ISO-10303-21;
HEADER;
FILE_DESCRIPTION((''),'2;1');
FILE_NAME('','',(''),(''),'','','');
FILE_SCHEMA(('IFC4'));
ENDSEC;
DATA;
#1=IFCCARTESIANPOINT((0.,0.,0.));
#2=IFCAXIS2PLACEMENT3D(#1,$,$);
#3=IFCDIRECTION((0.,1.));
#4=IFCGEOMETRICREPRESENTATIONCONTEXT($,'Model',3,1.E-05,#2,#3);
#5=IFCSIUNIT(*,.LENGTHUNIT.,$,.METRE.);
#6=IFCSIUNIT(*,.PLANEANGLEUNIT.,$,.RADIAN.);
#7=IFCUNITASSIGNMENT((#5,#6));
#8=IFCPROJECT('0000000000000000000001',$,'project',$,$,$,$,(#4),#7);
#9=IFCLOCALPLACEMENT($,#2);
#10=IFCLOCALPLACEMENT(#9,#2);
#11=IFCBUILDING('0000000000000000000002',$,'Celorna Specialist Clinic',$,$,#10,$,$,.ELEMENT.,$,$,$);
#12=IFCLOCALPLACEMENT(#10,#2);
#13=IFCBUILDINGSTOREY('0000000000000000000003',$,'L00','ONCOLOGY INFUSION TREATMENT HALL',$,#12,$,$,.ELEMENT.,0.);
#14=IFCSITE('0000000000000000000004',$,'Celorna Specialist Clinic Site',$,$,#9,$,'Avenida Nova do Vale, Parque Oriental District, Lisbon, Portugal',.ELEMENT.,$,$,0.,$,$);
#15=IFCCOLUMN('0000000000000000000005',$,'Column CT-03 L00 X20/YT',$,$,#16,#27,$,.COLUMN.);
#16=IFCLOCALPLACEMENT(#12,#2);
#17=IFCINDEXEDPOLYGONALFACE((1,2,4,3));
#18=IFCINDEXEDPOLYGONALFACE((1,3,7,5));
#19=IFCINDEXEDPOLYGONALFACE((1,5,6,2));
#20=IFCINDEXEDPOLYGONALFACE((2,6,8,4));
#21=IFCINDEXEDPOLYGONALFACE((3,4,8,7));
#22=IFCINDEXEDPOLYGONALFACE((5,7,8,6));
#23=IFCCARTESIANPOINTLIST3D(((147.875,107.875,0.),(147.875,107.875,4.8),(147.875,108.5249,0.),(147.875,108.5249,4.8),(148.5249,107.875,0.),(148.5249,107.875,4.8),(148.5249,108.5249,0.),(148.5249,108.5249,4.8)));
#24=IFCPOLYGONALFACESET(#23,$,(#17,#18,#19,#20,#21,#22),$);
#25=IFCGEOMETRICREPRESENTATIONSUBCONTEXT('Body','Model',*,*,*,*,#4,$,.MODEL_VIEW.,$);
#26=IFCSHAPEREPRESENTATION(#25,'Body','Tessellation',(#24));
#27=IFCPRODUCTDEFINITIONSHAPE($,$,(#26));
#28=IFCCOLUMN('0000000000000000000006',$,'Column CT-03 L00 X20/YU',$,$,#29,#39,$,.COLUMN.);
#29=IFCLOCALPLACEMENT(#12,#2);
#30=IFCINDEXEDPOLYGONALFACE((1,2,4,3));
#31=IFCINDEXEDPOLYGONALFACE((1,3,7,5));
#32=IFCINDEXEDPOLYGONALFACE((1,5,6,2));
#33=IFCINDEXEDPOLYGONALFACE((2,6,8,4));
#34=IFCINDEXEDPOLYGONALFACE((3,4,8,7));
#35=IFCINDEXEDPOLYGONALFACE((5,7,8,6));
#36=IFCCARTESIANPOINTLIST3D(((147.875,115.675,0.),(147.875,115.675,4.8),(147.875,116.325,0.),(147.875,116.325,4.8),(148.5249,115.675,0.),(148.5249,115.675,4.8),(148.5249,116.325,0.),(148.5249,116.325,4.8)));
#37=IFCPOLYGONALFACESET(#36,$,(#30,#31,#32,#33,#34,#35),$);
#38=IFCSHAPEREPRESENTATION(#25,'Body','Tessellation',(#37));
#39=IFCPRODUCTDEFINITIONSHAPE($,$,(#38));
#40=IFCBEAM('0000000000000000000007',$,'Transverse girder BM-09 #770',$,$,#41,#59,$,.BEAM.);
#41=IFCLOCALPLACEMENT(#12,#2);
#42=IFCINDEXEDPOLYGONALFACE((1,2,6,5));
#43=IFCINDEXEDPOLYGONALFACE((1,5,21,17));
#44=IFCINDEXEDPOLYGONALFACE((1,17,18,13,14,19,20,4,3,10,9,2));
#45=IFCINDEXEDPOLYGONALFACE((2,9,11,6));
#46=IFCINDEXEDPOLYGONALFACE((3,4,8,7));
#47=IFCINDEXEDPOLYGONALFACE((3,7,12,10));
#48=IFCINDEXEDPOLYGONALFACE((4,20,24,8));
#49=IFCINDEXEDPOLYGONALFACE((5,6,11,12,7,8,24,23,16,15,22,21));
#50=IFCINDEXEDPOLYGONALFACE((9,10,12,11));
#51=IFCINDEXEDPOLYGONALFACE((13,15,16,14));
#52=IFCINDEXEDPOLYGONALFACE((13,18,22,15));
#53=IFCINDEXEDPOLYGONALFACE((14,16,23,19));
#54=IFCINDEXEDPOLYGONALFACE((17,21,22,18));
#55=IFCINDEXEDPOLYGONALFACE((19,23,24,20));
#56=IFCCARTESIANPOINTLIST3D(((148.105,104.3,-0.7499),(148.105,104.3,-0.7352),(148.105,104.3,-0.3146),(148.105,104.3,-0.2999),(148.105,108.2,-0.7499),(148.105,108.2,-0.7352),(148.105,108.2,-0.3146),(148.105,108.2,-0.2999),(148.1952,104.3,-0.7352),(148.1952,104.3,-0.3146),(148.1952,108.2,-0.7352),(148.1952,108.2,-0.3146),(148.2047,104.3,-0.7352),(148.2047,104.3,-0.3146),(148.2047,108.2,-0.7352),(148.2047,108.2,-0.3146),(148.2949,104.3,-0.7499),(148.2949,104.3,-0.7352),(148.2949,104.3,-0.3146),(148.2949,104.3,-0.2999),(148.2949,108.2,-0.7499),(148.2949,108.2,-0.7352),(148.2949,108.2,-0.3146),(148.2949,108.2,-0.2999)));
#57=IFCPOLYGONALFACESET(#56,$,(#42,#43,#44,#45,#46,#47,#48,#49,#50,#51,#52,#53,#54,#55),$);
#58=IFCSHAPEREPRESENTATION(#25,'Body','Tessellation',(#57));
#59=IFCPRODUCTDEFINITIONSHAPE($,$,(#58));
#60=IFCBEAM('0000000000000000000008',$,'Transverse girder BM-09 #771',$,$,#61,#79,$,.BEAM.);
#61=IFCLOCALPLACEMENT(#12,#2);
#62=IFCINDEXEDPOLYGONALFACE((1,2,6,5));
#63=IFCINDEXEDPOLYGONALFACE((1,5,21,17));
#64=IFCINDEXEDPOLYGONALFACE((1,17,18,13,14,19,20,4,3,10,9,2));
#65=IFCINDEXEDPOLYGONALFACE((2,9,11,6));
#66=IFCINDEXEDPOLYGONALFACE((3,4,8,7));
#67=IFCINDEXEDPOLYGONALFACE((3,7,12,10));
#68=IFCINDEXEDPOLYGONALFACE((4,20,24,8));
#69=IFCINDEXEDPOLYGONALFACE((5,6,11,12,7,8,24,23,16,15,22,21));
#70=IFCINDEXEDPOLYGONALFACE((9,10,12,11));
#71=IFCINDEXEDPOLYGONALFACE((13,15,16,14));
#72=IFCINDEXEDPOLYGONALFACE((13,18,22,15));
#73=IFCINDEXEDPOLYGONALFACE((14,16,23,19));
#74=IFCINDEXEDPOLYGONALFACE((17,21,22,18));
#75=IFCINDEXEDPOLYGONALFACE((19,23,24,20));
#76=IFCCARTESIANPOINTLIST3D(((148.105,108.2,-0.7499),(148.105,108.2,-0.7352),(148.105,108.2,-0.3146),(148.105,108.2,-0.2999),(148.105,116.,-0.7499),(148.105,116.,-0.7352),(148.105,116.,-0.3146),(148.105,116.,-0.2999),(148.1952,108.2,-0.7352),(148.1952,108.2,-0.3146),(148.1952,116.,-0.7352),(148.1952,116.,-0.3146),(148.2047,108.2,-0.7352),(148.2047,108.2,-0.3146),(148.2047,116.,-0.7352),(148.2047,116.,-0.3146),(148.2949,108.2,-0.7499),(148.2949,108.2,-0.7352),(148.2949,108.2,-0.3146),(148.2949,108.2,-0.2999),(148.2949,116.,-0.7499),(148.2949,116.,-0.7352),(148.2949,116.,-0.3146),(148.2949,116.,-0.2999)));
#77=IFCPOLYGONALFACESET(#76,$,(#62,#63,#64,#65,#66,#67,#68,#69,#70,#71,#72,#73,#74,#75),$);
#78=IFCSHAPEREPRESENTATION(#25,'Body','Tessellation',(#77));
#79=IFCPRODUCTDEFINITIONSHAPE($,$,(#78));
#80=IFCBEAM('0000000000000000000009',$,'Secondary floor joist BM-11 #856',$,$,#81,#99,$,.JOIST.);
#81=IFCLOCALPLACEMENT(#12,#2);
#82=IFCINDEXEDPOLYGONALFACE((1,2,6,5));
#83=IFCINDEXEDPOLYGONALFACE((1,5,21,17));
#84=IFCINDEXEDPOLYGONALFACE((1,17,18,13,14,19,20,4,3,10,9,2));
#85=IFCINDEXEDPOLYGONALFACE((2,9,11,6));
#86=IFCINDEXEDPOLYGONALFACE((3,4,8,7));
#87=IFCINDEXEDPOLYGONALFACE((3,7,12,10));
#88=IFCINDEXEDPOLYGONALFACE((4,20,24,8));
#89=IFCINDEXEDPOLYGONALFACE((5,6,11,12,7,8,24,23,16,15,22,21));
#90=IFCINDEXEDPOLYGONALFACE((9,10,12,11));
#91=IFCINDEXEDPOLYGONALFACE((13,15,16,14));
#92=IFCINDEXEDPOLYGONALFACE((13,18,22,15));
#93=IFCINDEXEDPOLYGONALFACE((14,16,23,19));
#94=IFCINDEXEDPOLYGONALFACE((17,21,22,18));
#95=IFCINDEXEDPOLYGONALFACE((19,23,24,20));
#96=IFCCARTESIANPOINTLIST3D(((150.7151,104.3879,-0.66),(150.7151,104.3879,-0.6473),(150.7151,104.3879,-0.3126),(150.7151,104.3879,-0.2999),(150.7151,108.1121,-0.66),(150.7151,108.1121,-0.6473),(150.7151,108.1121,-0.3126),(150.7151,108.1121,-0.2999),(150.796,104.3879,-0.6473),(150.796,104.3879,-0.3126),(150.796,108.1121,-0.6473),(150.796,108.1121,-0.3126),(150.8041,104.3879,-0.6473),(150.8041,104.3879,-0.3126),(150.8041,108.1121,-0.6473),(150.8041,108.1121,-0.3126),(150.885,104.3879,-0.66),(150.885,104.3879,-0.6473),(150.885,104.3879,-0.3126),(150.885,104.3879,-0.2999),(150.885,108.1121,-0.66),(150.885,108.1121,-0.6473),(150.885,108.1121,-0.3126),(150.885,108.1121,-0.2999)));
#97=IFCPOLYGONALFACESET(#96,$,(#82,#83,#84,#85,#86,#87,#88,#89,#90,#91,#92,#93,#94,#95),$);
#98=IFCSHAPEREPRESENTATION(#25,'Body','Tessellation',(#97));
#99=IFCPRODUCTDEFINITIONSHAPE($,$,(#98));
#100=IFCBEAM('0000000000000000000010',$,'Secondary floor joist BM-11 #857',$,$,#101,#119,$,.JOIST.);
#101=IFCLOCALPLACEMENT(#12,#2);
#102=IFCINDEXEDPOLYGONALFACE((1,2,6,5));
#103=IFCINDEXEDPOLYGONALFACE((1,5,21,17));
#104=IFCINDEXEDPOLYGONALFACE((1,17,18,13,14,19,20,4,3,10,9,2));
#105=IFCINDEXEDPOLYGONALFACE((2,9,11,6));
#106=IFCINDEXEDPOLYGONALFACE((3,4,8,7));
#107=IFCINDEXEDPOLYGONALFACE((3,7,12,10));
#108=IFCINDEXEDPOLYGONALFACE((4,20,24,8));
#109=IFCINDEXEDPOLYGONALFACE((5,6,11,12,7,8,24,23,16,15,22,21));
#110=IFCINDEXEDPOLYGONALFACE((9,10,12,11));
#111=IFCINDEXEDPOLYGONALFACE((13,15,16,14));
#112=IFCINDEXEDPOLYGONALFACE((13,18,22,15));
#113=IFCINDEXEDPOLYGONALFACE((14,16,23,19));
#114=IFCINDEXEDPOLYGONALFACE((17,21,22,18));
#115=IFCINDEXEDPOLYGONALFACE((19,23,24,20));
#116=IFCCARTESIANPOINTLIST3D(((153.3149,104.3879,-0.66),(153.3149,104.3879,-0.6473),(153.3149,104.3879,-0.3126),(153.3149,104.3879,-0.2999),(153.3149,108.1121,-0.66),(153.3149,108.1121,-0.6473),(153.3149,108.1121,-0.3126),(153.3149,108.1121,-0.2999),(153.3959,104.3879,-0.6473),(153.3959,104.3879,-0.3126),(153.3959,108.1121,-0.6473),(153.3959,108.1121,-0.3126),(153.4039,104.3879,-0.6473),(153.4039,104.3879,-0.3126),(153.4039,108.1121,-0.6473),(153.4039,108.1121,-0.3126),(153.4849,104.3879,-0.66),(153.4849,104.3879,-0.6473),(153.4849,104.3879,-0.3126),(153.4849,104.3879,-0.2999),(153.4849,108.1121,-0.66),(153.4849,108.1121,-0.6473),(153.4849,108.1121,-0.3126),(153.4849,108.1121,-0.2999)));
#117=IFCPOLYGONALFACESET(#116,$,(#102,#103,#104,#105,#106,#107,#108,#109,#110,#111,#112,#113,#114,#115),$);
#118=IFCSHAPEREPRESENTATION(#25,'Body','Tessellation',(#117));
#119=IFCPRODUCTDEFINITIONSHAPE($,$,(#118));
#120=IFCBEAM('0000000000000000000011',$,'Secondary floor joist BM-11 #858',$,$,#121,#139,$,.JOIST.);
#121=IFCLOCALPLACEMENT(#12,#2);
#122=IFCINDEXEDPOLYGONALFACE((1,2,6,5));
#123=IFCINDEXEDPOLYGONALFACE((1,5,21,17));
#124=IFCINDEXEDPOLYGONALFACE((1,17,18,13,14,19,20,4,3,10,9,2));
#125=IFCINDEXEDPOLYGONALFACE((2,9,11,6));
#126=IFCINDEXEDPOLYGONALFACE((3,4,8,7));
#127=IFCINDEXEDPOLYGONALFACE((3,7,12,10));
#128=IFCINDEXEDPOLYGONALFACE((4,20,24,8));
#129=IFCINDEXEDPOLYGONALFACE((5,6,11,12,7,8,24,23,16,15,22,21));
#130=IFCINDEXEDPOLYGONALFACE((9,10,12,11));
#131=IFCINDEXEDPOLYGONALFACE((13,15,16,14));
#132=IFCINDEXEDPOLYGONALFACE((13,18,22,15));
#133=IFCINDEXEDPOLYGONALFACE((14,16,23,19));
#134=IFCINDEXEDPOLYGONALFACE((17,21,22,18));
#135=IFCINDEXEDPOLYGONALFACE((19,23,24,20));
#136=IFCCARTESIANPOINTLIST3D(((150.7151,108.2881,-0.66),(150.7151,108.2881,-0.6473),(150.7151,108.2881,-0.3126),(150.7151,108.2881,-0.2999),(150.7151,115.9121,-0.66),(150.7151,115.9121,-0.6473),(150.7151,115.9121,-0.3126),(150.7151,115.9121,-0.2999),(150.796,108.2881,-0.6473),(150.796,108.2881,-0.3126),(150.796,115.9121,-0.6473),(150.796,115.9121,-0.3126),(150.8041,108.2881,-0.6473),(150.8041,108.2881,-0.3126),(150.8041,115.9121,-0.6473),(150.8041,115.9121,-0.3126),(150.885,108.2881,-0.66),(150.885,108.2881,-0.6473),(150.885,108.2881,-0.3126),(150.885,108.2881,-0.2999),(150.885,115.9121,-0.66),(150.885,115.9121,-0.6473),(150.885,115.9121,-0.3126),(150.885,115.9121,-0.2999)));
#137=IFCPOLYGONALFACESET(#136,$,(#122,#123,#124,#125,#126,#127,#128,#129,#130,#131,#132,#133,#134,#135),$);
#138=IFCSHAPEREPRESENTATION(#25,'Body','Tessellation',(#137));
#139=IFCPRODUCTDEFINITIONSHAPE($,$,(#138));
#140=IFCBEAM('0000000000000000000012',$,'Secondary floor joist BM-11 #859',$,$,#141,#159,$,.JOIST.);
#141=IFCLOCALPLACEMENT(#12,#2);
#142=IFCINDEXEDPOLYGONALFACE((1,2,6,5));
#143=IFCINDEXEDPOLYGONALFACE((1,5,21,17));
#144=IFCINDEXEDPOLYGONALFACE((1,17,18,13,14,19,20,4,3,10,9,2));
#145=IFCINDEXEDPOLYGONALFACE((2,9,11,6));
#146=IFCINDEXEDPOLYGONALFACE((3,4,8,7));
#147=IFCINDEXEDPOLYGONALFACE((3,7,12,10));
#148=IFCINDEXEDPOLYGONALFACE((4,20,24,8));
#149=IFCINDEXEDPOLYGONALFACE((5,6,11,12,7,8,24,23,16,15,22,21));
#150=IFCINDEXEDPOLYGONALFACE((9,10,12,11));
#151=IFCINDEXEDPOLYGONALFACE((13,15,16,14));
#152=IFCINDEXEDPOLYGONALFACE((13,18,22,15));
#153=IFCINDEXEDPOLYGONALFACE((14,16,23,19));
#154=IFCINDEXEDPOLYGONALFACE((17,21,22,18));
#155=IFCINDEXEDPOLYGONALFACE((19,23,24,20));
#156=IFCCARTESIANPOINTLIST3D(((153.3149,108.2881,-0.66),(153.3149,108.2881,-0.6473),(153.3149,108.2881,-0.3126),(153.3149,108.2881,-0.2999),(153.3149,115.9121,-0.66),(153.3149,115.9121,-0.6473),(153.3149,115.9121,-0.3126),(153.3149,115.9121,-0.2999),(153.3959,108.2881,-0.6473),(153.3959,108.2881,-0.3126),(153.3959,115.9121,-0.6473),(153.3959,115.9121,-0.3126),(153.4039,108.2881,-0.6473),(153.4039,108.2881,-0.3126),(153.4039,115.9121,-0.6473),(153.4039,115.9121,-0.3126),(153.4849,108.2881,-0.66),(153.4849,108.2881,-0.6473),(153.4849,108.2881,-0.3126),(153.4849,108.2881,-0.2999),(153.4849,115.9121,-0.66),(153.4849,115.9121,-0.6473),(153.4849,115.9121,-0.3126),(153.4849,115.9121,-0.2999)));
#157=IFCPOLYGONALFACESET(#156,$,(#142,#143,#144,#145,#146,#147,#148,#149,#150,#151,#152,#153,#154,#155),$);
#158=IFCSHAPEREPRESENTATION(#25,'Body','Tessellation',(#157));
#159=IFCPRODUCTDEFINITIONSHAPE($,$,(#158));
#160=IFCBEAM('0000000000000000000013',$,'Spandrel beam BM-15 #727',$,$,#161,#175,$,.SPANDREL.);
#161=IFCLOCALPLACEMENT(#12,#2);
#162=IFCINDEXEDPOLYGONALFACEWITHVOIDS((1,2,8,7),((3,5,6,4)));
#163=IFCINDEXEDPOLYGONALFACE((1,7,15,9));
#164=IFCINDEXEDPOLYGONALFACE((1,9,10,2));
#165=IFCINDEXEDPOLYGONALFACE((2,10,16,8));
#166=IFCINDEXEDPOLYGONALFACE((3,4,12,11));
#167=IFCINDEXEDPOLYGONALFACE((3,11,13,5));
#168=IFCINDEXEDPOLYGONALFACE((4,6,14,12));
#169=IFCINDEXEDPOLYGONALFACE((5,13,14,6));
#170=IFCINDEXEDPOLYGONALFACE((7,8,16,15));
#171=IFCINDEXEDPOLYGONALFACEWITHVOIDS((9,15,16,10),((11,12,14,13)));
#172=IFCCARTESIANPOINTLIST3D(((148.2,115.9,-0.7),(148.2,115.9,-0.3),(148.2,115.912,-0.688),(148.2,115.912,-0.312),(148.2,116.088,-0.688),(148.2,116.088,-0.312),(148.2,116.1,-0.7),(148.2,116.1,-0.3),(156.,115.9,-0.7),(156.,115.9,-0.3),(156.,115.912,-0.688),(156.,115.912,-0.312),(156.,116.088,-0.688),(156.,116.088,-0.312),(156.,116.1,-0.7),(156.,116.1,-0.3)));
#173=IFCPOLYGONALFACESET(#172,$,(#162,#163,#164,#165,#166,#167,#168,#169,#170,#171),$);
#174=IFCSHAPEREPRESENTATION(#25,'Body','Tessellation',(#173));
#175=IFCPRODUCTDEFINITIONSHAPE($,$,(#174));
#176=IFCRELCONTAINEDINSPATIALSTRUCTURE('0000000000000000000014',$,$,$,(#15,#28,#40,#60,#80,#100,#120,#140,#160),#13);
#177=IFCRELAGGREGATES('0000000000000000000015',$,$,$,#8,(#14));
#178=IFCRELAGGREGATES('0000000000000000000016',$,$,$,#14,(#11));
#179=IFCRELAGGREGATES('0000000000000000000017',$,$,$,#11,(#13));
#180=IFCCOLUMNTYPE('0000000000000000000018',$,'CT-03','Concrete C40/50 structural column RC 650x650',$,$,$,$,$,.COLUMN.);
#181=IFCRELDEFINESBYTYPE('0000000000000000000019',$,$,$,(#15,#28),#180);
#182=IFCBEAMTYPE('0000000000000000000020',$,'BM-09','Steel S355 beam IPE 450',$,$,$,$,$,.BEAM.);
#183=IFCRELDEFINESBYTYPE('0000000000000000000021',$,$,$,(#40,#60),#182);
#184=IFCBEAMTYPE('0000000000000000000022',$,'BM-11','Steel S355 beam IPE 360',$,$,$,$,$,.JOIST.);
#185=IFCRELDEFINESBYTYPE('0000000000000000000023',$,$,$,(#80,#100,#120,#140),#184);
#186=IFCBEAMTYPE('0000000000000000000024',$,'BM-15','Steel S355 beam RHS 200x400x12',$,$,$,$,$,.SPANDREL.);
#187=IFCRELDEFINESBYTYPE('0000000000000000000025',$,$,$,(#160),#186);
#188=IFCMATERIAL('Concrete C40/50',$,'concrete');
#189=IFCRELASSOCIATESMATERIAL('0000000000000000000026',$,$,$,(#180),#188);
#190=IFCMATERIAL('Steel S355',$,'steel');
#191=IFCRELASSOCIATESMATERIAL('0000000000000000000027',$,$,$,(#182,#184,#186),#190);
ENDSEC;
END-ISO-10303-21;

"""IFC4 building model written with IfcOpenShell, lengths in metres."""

from ifc_helpers import new_model, si_unit, direction, frame, origin, origin_2d, place, context, subcontext, project, spatial, rectangle, hollow_rectangle, i_section, extrude, material, material_profile, profile_set, type_object, element, save


model = new_model("IFC4")

# Units and contexts
model_context = context("Model", 3, precision=1e-05, world=origin(), true_north=direction((0.0, 1.0)))
body_context = subcontext(model_context, "Body", "Model", "MODEL_VIEW")
ifc_project = project(units=[si_unit("LENGTHUNIT", "METRE"), si_unit("PLANEANGLEUNIT", "RADIAN")], contexts=[model_context])

# Site, building, storey
site_placement = place(None, origin())
site = spatial("IfcSite", under=ifc_project, at=site_placement, Name="Celorna Specialist Clinic Site", LongName="Avenida Nova do Vale, Parque Oriental District, Lisbon, Portugal", CompositionType="ELEMENT", RefElevation=0.0)
building_placement = place(site_placement, origin())
building = spatial("IfcBuilding", under=site, at=building_placement, Name="Celorna Specialist Clinic", CompositionType="ELEMENT")
storey_placement = place(building_placement, origin())
storey = spatial("IfcBuildingStorey", under=building, at=storey_placement, Name="L00", Description="ONCOLOGY INFUSION TREATMENT HALL", CompositionType="ELEMENT", Elevation=0.0)

# Columns
ifc_material_1 = material(Name="Concrete C40/50", Category="concrete")
ifc_material_profile_1 = material_profile(ifc_material_1, rectangle(XDim=0.6499, YDim=0.6499, at=origin_2d()), Name="RC 650x650")
ifc_profile_set_1 = profile_set([ifc_material_profile_1], Name="Concrete C40/50")
column_type = type_object("IfcColumnType", Name="CT-03", Description="Concrete C40/50 structural column RC 650x650", PredefinedType="COLUMN", material=ifc_profile_set_1)
for number, where, z_axis, x_axis, name in (
    (1, (148.2, 108.2, 0.0), (0.0, 0.0, 1.0), (1.0, 0.0, 0.0), "Column CT-03 L00 X20/YT"),
    (2, (148.2, 116.0, 0.0), (0.0, 0.0, 1.0), (1.0, 0.0, 0.0), "Column CT-03 L00 X20/YU"),
):
    element("IfcColumn", number, at=place(storey_placement, frame(where, z_axis=z_axis, x_axis=x_axis)), inside=storey, type_object=column_type, Name=name, PredefinedType="COLUMN", context=body_context, shape_type="SweptSolid", body=[
        extrude(rectangle(XDim=0.6499, YDim=0.6499, at=origin_2d()), origin(), (0.0, 0.0, 1.0), 4.8),
    ])

# Beams
ifc_material_2 = material(Name="Steel S355", Category="steel")
ifc_material_profile_2 = material_profile(ifc_material_2, i_section(OverallWidth=0.1899, OverallDepth=0.45, WebThickness=0.0095, FlangeThickness=0.0146, at=origin_2d()), Name="IPE 450")
ifc_profile_set_2 = profile_set([ifc_material_profile_2], Name="Steel S355")
beam_type_1 = type_object("IfcBeamType", Name="BM-09", Description="Steel S355 beam IPE 450", PredefinedType="BEAM", material=ifc_profile_set_2)
beam_1_placement = place(storey_placement, frame((148.2, 104.3, -0.5249), z_axis=(0.0, 1.0, 0.0), x_axis=(-1.0, 0.0, 0.0)))
element("IfcBeam", 3, at=beam_1_placement, inside=storey, type_object=beam_type_1, Name="Transverse girder BM-09 #770", PredefinedType="BEAM", context=body_context, shape_type="SweptSolid", body=[
    extrude(i_section(OverallWidth=0.1899, OverallDepth=0.45, WebThickness=0.0095, FlangeThickness=0.0146, at=origin_2d()), origin(), (0.0, 0.0, 1.0), 3.8999),
])
beam_2_placement = place(storey_placement, frame((148.2, 108.2, -0.5249), z_axis=(0.0, 1.0, 0.0), x_axis=(-1.0, 0.0, 0.0)))
element("IfcBeam", 4, at=beam_2_placement, inside=storey, type_object=beam_type_1, Name="Transverse girder BM-09 #771", PredefinedType="BEAM", context=body_context, shape_type="SweptSolid", body=[
    extrude(i_section(OverallWidth=0.1899, OverallDepth=0.45, WebThickness=0.0095, FlangeThickness=0.0146, at=origin_2d()), origin(), (0.0, 0.0, 1.0), 7.8),
])
ifc_material_profile_3 = material_profile(ifc_material_2, i_section(OverallWidth=0.1699, OverallDepth=0.3601, WebThickness=0.0081, FlangeThickness=0.0127, at=origin_2d()), Name="IPE 360")
ifc_profile_set_3 = profile_set([ifc_material_profile_3], Name="Steel S355")
beam_type_2 = type_object("IfcBeamType", Name="BM-11", Description="Steel S355 beam IPE 360", PredefinedType="JOIST", material=ifc_profile_set_3)
for number, where, z_axis, x_axis, name in (
    (5, (150.8, 104.3879, -0.48), (0.0, 1.0, 0.0), (-1.0, 0.0, 0.0), "Secondary floor joist BM-11 #856"),
    (6, (153.3999, 104.3879, -0.48), (0.0, 1.0, 0.0), (-1.0, 0.0, 0.0), "Secondary floor joist BM-11 #857"),
):
    element("IfcBeam", number, at=place(storey_placement, frame(where, z_axis=z_axis, x_axis=x_axis)), inside=storey, type_object=beam_type_2, Name=name, PredefinedType="JOIST", context=body_context, shape_type="SweptSolid", body=[
        extrude(i_section(OverallWidth=0.1699, OverallDepth=0.3601, WebThickness=0.0081, FlangeThickness=0.0127, at=origin_2d()), origin(), (0.0, 0.0, 1.0), 3.7241),
    ])
for number, where, z_axis, x_axis, name in (
    (7, (150.8, 108.2881, -0.48), (0.0, 1.0, 0.0), (-1.0, 0.0, 0.0), "Secondary floor joist BM-11 #858"),
    (8, (153.3999, 108.2881, -0.48), (0.0, 1.0, 0.0), (-1.0, 0.0, 0.0), "Secondary floor joist BM-11 #859"),
):
    element("IfcBeam", number, at=place(storey_placement, frame(where, z_axis=z_axis, x_axis=x_axis)), inside=storey, type_object=beam_type_2, Name=name, PredefinedType="JOIST", context=body_context, shape_type="SweptSolid", body=[
        extrude(i_section(OverallWidth=0.1699, OverallDepth=0.3601, WebThickness=0.0081, FlangeThickness=0.0127, at=origin_2d()), origin(), (0.0, 0.0, 1.0), 7.624),
    ])
ifc_material_profile_4 = material_profile(ifc_material_2, hollow_rectangle(XDim=0.2, YDim=0.3999, WallThickness=0.012, at=origin_2d()), Name="RHS 200x400x12")
ifc_profile_set_4 = profile_set([ifc_material_profile_4], Name="Steel S355")
beam_type_3 = type_object("IfcBeamType", Name="BM-15", Description="Steel S355 beam RHS 200x400x12", PredefinedType="SPANDREL", material=ifc_profile_set_4)
beam_3_placement = place(storey_placement, frame((148.2, 116.0, -0.5), z_axis=(1.0, 0.0, 0.0), x_axis=(0.0, 1.0, 0.0)))
element("IfcBeam", 9, at=beam_3_placement, inside=storey, type_object=beam_type_3, Name="Spandrel beam BM-15 #727", PredefinedType="SPANDREL", context=body_context, shape_type="SweptSolid", body=[
    extrude(hollow_rectangle(XDim=0.2, YDim=0.3999, WallThickness=0.012, at=origin_2d()), origin(), (0.0, 0.0, 1.0), 7.8),
])

save(model, "model.ifc")
